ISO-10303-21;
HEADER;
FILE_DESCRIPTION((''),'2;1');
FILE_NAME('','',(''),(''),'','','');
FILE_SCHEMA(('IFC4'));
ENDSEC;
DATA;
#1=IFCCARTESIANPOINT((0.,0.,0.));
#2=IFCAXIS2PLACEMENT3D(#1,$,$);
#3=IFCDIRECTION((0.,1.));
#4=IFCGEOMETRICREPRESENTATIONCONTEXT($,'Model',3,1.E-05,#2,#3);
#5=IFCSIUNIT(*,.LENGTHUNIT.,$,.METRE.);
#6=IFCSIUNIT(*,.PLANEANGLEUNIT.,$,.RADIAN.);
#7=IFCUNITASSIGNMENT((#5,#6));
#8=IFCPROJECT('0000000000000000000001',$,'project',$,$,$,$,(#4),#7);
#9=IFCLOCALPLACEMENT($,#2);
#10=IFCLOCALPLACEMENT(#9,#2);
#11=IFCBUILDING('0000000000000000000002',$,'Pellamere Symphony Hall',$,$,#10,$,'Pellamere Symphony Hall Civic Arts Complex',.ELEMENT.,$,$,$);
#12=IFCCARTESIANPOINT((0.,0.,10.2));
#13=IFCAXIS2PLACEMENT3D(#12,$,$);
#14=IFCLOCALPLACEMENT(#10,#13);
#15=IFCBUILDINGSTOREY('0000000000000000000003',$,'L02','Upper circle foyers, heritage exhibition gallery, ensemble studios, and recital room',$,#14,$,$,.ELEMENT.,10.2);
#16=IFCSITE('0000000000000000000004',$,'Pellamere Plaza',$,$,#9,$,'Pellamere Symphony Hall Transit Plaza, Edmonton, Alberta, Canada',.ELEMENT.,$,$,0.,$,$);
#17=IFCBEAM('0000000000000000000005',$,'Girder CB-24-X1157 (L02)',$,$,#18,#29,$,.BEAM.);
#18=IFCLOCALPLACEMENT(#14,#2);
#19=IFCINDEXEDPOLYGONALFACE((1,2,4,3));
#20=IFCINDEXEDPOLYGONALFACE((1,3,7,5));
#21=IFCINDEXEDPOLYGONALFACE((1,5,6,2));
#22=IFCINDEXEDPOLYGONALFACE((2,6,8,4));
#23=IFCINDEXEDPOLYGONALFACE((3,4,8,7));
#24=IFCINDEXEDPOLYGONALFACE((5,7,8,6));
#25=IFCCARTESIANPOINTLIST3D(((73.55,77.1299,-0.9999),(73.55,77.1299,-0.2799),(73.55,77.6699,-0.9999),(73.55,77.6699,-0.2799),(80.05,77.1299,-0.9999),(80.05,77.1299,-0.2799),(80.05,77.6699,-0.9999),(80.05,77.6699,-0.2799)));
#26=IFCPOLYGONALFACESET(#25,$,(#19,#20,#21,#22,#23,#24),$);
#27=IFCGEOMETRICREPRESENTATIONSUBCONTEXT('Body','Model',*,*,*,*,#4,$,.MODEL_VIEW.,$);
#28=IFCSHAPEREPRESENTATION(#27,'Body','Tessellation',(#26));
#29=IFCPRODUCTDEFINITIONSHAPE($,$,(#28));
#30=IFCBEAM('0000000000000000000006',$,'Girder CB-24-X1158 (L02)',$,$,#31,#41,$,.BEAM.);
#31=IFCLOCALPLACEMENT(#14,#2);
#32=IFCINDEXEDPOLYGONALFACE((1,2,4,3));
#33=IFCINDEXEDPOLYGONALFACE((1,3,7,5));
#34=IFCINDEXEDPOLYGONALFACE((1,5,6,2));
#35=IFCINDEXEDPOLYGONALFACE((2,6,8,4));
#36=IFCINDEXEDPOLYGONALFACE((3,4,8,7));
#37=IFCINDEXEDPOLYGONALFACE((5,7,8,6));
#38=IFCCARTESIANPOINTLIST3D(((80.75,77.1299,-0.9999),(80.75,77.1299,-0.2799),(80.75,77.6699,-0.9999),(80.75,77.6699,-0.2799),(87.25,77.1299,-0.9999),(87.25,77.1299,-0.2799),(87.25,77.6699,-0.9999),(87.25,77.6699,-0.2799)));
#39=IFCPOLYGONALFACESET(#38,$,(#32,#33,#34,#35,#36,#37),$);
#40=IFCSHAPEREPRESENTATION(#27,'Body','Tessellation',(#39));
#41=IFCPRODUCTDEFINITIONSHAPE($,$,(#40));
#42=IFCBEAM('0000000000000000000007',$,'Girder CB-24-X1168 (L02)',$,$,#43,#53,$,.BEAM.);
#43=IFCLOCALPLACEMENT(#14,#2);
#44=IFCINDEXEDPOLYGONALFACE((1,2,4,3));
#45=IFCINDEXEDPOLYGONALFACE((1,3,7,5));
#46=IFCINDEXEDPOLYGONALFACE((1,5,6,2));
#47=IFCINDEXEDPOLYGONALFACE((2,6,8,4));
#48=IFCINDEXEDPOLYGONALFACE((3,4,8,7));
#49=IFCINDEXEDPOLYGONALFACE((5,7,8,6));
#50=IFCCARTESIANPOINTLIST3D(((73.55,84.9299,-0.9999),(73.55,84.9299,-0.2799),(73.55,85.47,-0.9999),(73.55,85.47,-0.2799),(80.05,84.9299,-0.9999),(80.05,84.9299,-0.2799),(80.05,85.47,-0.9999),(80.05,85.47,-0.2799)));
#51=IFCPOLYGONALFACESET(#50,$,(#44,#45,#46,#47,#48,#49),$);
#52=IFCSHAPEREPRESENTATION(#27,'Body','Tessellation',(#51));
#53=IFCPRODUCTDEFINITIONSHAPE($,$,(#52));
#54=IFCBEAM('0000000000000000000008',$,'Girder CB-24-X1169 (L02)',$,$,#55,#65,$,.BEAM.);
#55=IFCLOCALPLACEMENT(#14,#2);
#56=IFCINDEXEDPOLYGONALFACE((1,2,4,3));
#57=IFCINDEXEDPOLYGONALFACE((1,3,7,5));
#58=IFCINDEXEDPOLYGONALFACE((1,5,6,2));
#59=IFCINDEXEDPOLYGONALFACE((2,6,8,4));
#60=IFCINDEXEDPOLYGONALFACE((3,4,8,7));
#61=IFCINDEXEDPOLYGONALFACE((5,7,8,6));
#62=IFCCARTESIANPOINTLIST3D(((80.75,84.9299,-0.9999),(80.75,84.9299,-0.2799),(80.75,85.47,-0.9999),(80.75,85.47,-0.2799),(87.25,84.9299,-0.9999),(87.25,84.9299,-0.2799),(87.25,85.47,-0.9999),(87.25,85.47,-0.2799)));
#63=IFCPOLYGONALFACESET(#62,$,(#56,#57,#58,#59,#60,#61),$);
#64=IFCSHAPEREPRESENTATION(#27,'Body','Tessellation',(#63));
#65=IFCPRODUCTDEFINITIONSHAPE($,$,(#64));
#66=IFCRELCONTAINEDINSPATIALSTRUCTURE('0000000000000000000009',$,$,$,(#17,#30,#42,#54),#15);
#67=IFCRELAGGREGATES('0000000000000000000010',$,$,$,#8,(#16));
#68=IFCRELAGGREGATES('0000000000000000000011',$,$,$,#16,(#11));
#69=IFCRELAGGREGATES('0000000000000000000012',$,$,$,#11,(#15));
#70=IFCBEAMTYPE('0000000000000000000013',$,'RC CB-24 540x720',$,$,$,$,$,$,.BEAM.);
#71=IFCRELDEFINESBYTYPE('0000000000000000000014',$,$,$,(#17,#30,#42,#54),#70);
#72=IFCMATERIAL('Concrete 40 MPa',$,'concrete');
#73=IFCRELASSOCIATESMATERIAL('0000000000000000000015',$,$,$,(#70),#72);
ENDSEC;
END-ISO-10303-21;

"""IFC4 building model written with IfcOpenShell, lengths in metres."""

from ifc_helpers import new_model, si_unit, direction, frame, origin, origin_2d, place, context, subcontext, project, spatial, rectangle, extrude, material, material_profile, profile_set, type_object, element, save


model = new_model("IFC4")

# Units and contexts
model_context = context("Model", 3, precision=1e-05, world=origin(), true_north=direction((0.0, 1.0)))
body_context = subcontext(model_context, "Body", "Model", "MODEL_VIEW")
ifc_project = project(units=[si_unit("LENGTHUNIT", "METRE"), si_unit("PLANEANGLEUNIT", "RADIAN")], contexts=[model_context])

# Site, building, storey
site_placement = place(None, origin())
site = spatial("IfcSite", under=ifc_project, at=site_placement, Name="Pellamere Plaza", LongName="Pellamere Symphony Hall Transit Plaza, Edmonton, Alberta, Canada", CompositionType="ELEMENT", RefElevation=0.0)
building_placement = place(site_placement, origin())
building = spatial("IfcBuilding", under=site, at=building_placement, Name="Pellamere Symphony Hall", LongName="Pellamere Symphony Hall Civic Arts Complex", CompositionType="ELEMENT")
storey_placement = place(building_placement, frame((0.0, 0.0, 10.2)))
storey = spatial("IfcBuildingStorey", under=building, at=storey_placement, Name="L02", Description="Upper circle foyers, heritage exhibition gallery, ensemble studios, and recital room", CompositionType="ELEMENT", Elevation=10.2)

# Shared definitions
ifc_material_1 = material(Name="Concrete 40 MPa", Category="concrete")

# Beams
ifc_material_profile_1 = material_profile(ifc_material_1, rectangle(XDim=0.54, YDim=0.72, at=origin_2d()), Name="RC 540x720")
ifc_profile_set_1 = profile_set([ifc_material_profile_1], Name="Concrete 40 MPa")
beam_type_1 = type_object("IfcBeamType", Name="RC CB-24 540x720", PredefinedType="BEAM", material=ifc_profile_set_1)
for number, where, z_axis, x_axis, name in (
    (1, (73.55, 77.3999, -0.6399), (1.0, 0.0, 0.0), (0.0, 1.0, 0.0), "Girder CB-24-X1157 (L02)"),
    (2, (80.75, 77.3999, -0.6399), (1.0, 0.0, 0.0), (0.0, 1.0, 0.0), "Girder CB-24-X1158 (L02)"),
    (3, (73.55, 85.2, -0.6399), (1.0, 0.0, 0.0), (0.0, 1.0, 0.0), "Girder CB-24-X1168 (L02)"),
    (4, (80.75, 85.2, -0.6399), (1.0, 0.0, 0.0), (0.0, 1.0, 0.0), "Girder CB-24-X1169 (L02)"),
):
    element("IfcBeam", number, at=place(storey_placement, frame(where, z_axis=z_axis, x_axis=x_axis)), inside=storey, type_object=beam_type_1, Name=name, PredefinedType="BEAM", context=body_context, shape_type="SweptSolid", body=[
        extrude(rectangle(XDim=0.54, YDim=0.72, at=origin_2d()), origin(), (0.0, 0.0, 1.0), 6.5),
    ])

save(model, "model.ifc")
